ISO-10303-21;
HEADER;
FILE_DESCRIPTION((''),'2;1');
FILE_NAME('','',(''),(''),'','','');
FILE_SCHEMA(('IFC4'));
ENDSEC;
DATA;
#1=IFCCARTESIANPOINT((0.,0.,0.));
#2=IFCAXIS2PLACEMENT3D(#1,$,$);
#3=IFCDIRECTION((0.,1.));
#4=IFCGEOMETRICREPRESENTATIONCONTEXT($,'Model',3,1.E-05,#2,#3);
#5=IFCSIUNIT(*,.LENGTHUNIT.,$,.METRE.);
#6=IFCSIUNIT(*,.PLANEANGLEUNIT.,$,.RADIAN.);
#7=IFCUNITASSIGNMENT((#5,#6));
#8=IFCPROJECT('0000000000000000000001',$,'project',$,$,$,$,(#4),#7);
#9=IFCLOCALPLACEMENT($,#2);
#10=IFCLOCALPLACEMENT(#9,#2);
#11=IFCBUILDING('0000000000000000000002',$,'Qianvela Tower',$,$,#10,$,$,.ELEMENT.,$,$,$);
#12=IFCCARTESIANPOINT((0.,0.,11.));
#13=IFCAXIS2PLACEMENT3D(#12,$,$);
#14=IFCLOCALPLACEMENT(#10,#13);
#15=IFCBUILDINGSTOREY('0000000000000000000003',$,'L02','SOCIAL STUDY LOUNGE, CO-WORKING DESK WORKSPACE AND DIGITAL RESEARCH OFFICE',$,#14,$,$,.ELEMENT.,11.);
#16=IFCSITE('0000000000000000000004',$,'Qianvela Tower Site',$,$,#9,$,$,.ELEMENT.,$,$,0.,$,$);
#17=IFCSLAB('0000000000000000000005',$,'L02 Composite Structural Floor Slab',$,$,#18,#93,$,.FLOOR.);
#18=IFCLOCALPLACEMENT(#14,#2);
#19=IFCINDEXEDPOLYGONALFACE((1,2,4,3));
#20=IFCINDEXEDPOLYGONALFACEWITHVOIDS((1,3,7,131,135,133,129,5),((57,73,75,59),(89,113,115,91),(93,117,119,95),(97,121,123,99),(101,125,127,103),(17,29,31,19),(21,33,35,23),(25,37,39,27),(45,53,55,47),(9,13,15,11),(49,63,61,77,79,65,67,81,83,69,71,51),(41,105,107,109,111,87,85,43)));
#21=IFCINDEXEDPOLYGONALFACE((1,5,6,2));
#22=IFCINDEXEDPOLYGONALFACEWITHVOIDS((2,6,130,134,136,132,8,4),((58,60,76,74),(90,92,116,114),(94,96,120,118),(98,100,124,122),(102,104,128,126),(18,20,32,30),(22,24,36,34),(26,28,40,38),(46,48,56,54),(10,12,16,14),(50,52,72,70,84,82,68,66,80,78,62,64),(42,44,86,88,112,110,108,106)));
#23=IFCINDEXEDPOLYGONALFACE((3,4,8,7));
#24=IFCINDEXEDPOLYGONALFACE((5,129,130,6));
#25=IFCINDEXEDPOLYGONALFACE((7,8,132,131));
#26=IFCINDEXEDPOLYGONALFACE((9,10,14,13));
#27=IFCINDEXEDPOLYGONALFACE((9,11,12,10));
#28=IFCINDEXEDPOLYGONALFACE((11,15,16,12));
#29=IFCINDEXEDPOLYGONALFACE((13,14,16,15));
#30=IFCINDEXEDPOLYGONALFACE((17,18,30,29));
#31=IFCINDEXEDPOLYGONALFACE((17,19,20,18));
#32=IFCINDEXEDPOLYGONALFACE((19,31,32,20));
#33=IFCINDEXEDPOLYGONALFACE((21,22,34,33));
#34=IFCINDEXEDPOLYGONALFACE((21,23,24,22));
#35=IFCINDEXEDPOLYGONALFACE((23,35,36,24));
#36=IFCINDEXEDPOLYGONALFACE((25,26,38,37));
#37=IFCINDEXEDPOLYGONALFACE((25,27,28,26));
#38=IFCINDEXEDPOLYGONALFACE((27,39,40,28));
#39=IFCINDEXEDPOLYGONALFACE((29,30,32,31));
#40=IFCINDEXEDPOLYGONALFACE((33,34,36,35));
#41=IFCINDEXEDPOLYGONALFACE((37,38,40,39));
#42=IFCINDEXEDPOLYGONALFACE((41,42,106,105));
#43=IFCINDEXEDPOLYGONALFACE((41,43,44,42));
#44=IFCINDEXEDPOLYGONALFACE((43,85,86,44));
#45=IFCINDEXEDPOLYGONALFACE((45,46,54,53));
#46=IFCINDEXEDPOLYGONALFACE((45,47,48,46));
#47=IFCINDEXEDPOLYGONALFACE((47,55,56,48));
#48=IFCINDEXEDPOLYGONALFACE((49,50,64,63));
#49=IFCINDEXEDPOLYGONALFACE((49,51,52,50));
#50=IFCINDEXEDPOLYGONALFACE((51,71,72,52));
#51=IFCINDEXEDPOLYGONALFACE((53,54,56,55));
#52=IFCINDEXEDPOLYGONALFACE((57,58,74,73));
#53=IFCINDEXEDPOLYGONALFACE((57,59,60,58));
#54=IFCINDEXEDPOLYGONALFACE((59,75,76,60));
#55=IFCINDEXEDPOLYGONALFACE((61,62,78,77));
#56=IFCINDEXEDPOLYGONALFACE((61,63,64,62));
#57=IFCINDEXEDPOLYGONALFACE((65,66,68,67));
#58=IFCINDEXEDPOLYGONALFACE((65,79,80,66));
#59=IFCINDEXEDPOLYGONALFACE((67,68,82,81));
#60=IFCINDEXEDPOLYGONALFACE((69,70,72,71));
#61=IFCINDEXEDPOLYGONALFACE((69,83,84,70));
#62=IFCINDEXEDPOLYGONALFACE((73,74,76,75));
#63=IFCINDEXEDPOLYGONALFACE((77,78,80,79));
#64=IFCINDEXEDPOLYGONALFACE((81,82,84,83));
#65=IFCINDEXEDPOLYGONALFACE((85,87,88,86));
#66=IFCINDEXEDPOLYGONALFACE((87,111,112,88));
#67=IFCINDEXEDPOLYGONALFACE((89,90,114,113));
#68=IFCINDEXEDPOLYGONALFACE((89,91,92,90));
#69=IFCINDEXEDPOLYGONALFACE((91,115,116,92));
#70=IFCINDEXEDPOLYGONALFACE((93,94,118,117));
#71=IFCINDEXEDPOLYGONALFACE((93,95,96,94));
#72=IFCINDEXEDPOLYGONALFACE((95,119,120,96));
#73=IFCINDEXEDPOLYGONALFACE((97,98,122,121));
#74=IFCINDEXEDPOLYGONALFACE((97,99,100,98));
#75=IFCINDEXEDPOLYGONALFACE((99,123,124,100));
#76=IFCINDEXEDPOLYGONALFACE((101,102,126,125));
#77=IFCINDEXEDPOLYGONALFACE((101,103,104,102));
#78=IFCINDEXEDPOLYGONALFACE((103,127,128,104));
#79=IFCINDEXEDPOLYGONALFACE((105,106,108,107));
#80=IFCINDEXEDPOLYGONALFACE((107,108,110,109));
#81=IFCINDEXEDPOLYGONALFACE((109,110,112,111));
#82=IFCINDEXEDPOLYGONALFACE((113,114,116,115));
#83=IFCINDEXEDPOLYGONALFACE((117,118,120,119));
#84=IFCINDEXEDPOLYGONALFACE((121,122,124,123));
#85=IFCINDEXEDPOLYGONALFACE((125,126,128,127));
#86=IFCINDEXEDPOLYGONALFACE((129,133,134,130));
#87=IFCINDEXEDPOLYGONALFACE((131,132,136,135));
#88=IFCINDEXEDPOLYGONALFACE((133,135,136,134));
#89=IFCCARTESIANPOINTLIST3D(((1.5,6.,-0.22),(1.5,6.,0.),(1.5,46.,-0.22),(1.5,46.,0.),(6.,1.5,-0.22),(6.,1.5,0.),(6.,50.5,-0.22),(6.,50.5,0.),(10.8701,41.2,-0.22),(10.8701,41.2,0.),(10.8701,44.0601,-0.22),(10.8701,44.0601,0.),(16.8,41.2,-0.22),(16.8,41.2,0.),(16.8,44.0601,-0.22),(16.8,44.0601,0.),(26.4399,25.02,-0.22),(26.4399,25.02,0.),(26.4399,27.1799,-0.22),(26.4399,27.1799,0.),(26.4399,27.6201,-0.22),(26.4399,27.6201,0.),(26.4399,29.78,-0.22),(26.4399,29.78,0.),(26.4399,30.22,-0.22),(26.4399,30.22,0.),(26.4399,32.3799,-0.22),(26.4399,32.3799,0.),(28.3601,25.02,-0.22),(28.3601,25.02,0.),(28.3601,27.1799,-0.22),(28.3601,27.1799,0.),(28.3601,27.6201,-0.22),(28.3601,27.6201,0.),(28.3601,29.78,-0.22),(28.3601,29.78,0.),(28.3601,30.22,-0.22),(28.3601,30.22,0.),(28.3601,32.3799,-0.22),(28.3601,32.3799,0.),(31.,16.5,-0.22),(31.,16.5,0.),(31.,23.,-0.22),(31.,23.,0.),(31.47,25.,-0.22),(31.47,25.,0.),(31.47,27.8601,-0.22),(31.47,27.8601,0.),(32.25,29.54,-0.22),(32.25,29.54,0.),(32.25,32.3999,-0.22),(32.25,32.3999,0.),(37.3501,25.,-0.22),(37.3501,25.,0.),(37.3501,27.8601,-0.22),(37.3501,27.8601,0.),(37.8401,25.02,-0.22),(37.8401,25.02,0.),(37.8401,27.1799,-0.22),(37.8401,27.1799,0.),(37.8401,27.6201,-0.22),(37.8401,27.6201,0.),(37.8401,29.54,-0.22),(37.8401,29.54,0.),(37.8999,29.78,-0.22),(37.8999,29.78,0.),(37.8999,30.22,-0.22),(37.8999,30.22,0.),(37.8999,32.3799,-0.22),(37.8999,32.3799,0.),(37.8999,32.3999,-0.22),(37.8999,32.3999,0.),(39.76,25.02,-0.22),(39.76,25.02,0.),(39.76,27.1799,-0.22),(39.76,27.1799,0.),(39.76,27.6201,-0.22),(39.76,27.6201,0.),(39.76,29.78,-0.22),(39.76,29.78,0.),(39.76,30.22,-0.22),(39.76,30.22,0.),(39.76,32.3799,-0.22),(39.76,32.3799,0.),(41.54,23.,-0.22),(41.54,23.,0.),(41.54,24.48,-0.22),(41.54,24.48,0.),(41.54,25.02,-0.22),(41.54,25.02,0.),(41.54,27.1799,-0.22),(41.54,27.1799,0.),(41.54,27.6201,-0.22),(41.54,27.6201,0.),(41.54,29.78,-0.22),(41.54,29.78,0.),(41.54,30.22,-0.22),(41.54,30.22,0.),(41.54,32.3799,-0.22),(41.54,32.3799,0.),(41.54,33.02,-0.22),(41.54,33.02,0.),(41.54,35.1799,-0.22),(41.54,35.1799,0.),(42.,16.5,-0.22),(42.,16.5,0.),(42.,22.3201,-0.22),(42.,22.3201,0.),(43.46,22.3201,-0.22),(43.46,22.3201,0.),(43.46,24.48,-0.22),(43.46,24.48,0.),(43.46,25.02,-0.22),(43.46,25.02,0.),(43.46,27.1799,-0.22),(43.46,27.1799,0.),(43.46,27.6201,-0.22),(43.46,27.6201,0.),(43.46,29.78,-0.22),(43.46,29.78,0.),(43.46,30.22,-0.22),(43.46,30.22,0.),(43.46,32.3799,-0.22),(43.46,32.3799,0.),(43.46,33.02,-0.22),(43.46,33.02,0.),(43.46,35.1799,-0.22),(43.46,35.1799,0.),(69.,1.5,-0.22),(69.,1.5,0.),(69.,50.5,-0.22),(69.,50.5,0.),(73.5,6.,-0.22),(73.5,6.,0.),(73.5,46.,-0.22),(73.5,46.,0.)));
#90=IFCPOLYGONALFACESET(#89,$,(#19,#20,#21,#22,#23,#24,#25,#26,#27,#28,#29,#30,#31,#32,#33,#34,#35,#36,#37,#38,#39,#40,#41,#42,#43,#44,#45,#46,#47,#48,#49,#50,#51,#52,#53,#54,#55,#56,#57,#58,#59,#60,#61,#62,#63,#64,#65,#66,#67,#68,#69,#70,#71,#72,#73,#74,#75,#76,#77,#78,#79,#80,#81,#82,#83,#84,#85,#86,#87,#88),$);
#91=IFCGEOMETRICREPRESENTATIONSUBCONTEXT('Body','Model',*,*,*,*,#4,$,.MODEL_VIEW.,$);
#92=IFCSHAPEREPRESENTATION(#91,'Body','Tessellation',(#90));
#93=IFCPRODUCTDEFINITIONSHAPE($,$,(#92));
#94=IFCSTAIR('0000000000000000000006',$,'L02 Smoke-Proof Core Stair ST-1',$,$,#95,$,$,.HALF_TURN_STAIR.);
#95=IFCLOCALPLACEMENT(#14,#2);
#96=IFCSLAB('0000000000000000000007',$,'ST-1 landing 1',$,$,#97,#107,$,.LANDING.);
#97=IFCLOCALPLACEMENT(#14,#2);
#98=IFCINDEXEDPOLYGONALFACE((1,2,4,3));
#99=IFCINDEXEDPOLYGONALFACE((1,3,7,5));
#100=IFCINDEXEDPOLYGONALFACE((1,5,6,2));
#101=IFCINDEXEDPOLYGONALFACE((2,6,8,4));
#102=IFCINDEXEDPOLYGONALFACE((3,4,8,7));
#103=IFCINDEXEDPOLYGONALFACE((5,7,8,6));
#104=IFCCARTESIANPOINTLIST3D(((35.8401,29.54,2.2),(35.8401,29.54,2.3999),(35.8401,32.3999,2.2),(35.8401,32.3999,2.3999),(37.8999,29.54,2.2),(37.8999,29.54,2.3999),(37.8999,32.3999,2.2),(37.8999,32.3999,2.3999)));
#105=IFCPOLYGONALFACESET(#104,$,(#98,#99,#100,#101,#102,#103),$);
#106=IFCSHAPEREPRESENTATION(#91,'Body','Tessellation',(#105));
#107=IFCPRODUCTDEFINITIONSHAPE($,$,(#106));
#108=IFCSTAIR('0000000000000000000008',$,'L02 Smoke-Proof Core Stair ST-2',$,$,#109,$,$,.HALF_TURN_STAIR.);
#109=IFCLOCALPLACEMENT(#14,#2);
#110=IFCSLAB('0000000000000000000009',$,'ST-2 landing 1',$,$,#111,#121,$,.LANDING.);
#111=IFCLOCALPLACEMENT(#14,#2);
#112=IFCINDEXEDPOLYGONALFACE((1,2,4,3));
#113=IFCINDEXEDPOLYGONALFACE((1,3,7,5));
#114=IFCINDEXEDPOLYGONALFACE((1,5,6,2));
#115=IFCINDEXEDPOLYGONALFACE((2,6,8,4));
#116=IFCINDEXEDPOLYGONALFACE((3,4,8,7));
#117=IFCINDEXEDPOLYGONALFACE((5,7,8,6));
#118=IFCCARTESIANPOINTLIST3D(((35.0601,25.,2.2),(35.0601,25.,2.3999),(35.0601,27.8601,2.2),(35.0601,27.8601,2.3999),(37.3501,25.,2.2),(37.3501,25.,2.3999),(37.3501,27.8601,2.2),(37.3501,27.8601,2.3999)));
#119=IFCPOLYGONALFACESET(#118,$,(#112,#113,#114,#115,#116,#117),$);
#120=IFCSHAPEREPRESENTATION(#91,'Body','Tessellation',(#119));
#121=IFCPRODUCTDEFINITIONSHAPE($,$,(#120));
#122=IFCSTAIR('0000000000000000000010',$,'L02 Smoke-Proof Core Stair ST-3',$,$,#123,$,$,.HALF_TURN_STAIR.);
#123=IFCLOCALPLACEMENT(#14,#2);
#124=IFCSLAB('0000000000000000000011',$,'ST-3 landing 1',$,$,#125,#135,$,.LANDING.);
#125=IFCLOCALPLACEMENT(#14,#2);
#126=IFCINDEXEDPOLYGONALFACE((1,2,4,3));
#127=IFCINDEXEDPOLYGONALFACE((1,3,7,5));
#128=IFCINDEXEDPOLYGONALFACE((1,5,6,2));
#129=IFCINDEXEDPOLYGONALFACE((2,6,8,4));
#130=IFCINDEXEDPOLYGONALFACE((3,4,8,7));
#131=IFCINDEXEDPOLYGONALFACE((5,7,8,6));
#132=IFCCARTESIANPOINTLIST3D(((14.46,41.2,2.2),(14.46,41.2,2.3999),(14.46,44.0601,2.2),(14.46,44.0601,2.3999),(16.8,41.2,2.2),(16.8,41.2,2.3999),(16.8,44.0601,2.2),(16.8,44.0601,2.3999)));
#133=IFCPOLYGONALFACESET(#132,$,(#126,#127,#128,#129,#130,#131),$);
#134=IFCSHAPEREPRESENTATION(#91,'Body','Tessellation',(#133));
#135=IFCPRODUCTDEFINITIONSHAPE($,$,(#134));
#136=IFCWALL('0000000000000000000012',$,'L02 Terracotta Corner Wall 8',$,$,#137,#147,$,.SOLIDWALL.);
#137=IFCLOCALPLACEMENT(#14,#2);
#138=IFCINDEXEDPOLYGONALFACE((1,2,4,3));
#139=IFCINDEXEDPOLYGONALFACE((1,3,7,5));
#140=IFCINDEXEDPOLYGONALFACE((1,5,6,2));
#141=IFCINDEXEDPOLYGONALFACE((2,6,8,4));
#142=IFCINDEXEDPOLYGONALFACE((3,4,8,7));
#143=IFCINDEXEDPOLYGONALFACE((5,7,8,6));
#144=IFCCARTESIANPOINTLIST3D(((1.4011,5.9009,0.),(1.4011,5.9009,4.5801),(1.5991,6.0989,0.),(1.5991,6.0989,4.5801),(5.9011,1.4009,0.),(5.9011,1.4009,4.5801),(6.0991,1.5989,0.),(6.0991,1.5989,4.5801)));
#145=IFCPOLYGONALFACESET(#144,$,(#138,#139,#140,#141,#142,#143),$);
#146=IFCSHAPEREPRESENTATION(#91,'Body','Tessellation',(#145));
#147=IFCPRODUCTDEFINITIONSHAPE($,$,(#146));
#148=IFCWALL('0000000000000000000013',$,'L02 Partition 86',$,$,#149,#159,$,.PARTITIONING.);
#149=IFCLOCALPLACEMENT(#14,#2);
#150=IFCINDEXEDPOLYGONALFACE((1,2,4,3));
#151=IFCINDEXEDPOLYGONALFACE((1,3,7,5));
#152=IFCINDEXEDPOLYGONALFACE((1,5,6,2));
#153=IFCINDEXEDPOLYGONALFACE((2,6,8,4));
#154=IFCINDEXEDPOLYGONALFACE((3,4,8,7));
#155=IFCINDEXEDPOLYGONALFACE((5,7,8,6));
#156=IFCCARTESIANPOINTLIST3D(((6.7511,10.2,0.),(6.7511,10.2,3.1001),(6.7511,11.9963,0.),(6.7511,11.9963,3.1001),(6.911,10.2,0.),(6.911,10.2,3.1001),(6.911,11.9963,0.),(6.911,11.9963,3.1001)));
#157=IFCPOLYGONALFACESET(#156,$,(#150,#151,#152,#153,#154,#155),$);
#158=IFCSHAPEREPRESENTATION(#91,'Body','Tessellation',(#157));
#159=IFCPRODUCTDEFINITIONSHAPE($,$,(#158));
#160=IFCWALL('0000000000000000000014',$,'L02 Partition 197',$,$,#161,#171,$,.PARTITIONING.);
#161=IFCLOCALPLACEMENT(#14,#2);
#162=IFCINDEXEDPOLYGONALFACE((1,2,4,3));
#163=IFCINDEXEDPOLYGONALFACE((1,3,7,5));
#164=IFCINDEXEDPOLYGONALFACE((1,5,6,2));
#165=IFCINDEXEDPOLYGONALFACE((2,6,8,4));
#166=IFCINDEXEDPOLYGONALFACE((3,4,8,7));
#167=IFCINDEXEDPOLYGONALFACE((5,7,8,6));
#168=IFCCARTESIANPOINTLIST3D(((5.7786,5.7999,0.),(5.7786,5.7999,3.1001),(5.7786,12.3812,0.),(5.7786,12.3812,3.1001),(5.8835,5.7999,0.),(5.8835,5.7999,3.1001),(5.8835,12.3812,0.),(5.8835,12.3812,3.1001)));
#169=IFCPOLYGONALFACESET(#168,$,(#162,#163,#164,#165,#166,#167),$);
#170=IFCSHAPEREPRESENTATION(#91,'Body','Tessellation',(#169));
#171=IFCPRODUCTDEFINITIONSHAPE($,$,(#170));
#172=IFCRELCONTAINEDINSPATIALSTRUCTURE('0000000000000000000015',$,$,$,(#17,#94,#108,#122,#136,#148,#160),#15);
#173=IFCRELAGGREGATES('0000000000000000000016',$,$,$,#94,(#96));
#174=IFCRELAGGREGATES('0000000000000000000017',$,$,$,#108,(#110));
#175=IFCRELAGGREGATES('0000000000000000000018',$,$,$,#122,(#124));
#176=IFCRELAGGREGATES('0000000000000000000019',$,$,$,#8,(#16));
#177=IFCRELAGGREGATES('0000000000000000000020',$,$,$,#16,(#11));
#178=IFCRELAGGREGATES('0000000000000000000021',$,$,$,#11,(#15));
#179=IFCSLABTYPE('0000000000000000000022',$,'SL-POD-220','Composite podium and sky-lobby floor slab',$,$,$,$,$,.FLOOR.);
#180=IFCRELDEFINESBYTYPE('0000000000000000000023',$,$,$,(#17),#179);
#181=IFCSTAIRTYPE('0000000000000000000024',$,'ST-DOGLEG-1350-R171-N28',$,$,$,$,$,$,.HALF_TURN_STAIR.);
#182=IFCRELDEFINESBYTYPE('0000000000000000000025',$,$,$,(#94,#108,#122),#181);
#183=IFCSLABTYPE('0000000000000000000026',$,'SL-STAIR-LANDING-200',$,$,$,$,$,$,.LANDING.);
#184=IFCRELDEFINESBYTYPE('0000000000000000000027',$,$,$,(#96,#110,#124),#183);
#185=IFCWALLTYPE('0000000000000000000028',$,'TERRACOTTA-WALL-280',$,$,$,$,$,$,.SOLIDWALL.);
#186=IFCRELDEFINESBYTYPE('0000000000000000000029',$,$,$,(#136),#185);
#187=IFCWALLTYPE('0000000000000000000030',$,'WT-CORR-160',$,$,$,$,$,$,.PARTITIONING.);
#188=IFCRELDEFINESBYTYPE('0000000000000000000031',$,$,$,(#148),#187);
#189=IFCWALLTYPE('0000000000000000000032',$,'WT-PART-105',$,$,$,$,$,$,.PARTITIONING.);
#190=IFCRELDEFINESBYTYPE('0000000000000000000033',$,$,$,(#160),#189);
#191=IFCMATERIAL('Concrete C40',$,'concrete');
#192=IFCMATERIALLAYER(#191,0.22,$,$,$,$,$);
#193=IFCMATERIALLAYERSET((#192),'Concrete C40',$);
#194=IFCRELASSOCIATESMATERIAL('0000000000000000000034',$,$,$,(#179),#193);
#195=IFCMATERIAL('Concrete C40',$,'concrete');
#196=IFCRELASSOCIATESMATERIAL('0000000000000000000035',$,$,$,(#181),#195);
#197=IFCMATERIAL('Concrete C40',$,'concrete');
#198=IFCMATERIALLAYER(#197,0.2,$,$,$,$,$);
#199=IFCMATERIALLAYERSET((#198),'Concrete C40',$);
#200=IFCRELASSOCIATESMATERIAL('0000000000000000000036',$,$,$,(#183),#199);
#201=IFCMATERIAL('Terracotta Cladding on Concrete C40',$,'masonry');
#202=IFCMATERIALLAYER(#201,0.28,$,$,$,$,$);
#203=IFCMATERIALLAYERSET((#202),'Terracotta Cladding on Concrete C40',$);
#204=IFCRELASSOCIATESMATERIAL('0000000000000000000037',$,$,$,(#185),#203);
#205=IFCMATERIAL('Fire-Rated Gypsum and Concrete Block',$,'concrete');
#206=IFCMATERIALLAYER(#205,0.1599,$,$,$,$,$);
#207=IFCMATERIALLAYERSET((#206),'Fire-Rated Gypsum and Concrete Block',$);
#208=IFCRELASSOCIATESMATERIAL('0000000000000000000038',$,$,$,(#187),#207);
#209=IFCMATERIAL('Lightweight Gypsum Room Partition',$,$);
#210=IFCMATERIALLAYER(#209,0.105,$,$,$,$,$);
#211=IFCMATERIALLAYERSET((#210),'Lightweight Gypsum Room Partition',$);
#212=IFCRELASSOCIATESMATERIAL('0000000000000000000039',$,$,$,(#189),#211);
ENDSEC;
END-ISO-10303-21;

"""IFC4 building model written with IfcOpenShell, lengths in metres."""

from ifc_helpers import new_model, si_unit, direction, frame, frame_2d, origin, place, context, subcontext, project, spatial, polyline, rectangle, outline, extrude, material, layer, layer_set, type_object, element, aggregate, save


model = new_model("IFC4")

# Units and contexts
model_context = context("Model", 3, precision=1e-05, world=origin(), true_north=direction((0.0, 1.0)))
body_context = subcontext(model_context, "Body", "Model", "MODEL_VIEW")
ifc_project = project(units=[si_unit("LENGTHUNIT", "METRE"), si_unit("PLANEANGLEUNIT", "RADIAN")], contexts=[model_context])

# Site, building, storey
site_placement = place(None, origin())
site = spatial("IfcSite", under=ifc_project, at=site_placement, Name="Qianvela Tower Site", CompositionType="ELEMENT", RefElevation=0.0)
building_placement = place(site_placement, origin())
building = spatial("IfcBuilding", under=site, at=building_placement, Name="Qianvela Tower", CompositionType="ELEMENT")
storey_placement = place(building_placement, frame((0.0, 0.0, 11.0)))
storey = spatial("IfcBuildingStorey", under=building, at=storey_placement, Name="L02", Description="SOCIAL STUDY LOUNGE, CO-WORKING DESK WORKSPACE AND DIGITAL RESEARCH OFFICE", CompositionType="ELEMENT", Elevation=11.0)

# Slab
ifc_material_1 = material(Name="Concrete C40", Category="concrete")
ifc_layer_1 = layer(ifc_material_1, 0.22)
ifc_layer_set_1 = layer_set([ifc_layer_1], Name="Concrete C40")
slab_type_1 = type_object("IfcSlabType", Name="SL-POD-220", Description="Composite podium and sky-lobby floor slab", PredefinedType="FLOOR", material=ifc_layer_set_1)
slab_1_placement = place(storey_placement, frame((0.0, 0.0, -0.22)))
element("IfcSlab", 1, at=slab_1_placement, inside=storey, type_object=slab_type_1, Name="L02 Composite Structural Floor Slab", PredefinedType="FLOOR", context=body_context, shape_type="SweptSolid", body=[
    extrude(outline(polyline([(6.0, 1.5), (69.0, 1.5), (73.5, 6.0), (73.5, 46.0), (69.0, 50.5), (6.0, 50.5), (1.5, 46.0), (1.5, 6.0), (6.0, 1.5)]), holes=[polyline([(42.0, 22.3201), (43.46, 22.3201), (43.46, 24.48), (41.54, 24.48), (41.54, 23.0), (31.0, 23.0), (31.0, 16.5), (42.0, 16.5), (42.0, 22.3201)]), polyline([(28.3601, 25.02), (28.3601, 27.1799), (26.4399, 27.1799), (26.4399, 25.02), (28.3601, 25.02)]), polyline([(37.3501, 25.0), (37.3501, 27.8601), (31.47, 27.8601), (31.47, 25.0), (37.3501, 25.0)]), polyline([(28.3601, 27.6201), (28.3601, 29.78), (26.4399, 29.78), (26.4399, 27.6201), (28.3601, 27.6201)]), polyline([(37.8999, 32.3799), (37.8999, 32.3999), (32.25, 32.3999), (32.25, 29.54), (37.8401, 29.54), (37.8401, 27.6201), (39.76, 27.6201), (39.76, 29.78), (37.8999, 29.78), (37.8999, 30.22), (39.76, 30.22), (39.76, 32.3799), (37.8999, 32.3799)]), polyline([(28.3601, 30.22), (28.3601, 32.3799), (26.4399, 32.3799), (26.4399, 30.22), (28.3601, 30.22)]), polyline([(16.8, 41.2), (16.8, 44.0601), (10.8701, 44.0601), (10.8701, 41.2), (16.8, 41.2)]), polyline([(39.76, 25.02), (39.76, 27.1799), (37.8401, 27.1799), (37.8401, 25.02), (39.76, 25.02)]), polyline([(43.46, 25.02), (43.46, 27.1799), (41.54, 27.1799), (41.54, 25.02), (43.46, 25.02)]), polyline([(43.46, 27.6201), (43.46, 29.78), (41.54, 29.78), (41.54, 27.6201), (43.46, 27.6201)]), polyline([(43.46, 30.22), (43.46, 32.3799), (41.54, 32.3799), (41.54, 30.22), (43.46, 30.22)]), polyline([(43.46, 33.02), (43.46, 35.1799), (41.54, 35.1799), (41.54, 33.02), (43.46, 33.02)])]), origin(), (0.0, 0.0, 1.0), 0.22),
])

# Stairs, slabs
ifc_material_2 = material(Name="Concrete C40", Category="concrete")
stair_type = type_object("IfcStairType", Name="ST-DOGLEG-1350-R171-N28", PredefinedType="HALF_TURN_STAIR", material=ifc_material_2)
stair_1_placement = place(storey_placement, origin())
stair_1 = element("IfcStair", 2, at=stair_1_placement, inside=storey, type_object=stair_type, Name="L02 Smoke-Proof Core Stair ST-1", PredefinedType="HALF_TURN_STAIR")
ifc_material_3 = material(Name="Concrete C40", Category="concrete")
ifc_layer_2 = layer(ifc_material_3, 0.2)
ifc_layer_set_2 = layer_set([ifc_layer_2], Name="Concrete C40")
slab_type_2 = type_object("IfcSlabType", Name="SL-STAIR-LANDING-200", PredefinedType="LANDING", material=ifc_layer_set_2)
slab_2_placement = place(storey_placement, frame((0.0, 0.0, 2.2)))
slab_2 = element("IfcSlab", 3, at=slab_2_placement, type_object=slab_type_2, Name="ST-1 landing 1", PredefinedType="LANDING", context=body_context, shape_type="SweptSolid", body=[
    extrude(outline(polyline([(35.8401, 29.54), (37.8999, 29.54), (37.8999, 32.3999), (35.8401, 32.3999), (35.8401, 29.54)])), origin(), (0.0, 0.0, 1.0), 0.2),
])
aggregate(stair_1, [slab_2])
stair_2_placement = place(storey_placement, origin())
stair_2 = element("IfcStair", 4, at=stair_2_placement, inside=storey, type_object=stair_type, Name="L02 Smoke-Proof Core Stair ST-2", PredefinedType="HALF_TURN_STAIR")
slab_3_placement = place(storey_placement, frame((0.0, 0.0, 2.2)))
slab_3 = element("IfcSlab", 5, at=slab_3_placement, type_object=slab_type_2, Name="ST-2 landing 1", PredefinedType="LANDING", context=body_context, shape_type="SweptSolid", body=[
    extrude(outline(polyline([(35.0601, 25.0), (37.3501, 25.0), (37.3501, 27.8601), (35.0601, 27.8601), (35.0601, 25.0)])), origin(), (0.0, 0.0, 1.0), 0.2),
])
aggregate(stair_2, [slab_3])
stair_3_placement = place(storey_placement, origin())
stair_3 = element("IfcStair", 6, at=stair_3_placement, inside=storey, type_object=stair_type, Name="L02 Smoke-Proof Core Stair ST-3", PredefinedType="HALF_TURN_STAIR")
slab_4_placement = place(storey_placement, frame((0.0, 0.0, 2.2)))
slab_4 = element("IfcSlab", 7, at=slab_4_placement, type_object=slab_type_2, Name="ST-3 landing 1", PredefinedType="LANDING", context=body_context, shape_type="SweptSolid", body=[
    extrude(outline(polyline([(14.46, 41.2), (16.8, 41.2), (16.8, 44.0601), (14.46, 44.0601), (14.46, 41.2)])), origin(), (0.0, 0.0, 1.0), 0.2),
])
aggregate(stair_3, [slab_4])

# Walls
ifc_material_4 = material(Name="Terracotta Cladding on Concrete C40", Category="masonry")
ifc_layer_3 = layer(ifc_material_4, 0.28)
ifc_layer_set_3 = layer_set([ifc_layer_3], Name="Terracotta Cladding on Concrete C40")
wall_type_1 = type_object("IfcWallType", Name="TERRACOTTA-WALL-280", PredefinedType="SOLIDWALL", material=ifc_layer_set_3)
wall_1_placement = place(storey_placement, frame((1.5, 6.0, 0.0), z_axis=(0.0, 0.0, 1.0), x_axis=(0.707107, -0.707107, 0.0)))
element("IfcWall", 8, at=wall_1_placement, inside=storey, type_object=wall_type_1, Name="L02 Terracotta Corner Wall 8", PredefinedType="SOLIDWALL", context=body_context, shape_type="SweptSolid", body=[
    extrude(rectangle(XDim=6.364, YDim=0.28, at=frame_2d((3.1821, 0.0))), origin(), (0.0, 0.0, 1.0), 4.5801),
])
ifc_material_5 = material(Name="Fire-Rated Gypsum and Concrete Block", Category="concrete")
ifc_layer_4 = layer(ifc_material_5, 0.1599)
ifc_layer_set_4 = layer_set([ifc_layer_4], Name="Fire-Rated Gypsum and Concrete Block")
wall_type_2 = type_object("IfcWallType", Name="WT-CORR-160", PredefinedType="PARTITIONING", material=ifc_layer_set_4)
wall_2_placement = place(storey_placement, frame((6.8311, 10.2, 0.0), z_axis=(0.0, 0.0, 1.0), x_axis=(0.0, 1.0, 0.0)))
element("IfcWall", 9, at=wall_2_placement, inside=storey, type_object=wall_type_2, Name="L02 Partition 86", PredefinedType="PARTITIONING", context=body_context, shape_type="SweptSolid", body=[
    extrude(rectangle(XDim=1.7964, YDim=0.1599, at=frame_2d((0.8982, 0.0))), origin(), (0.0, 0.0, 1.0), 3.1001),
])
ifc_material_6 = material(Name="Lightweight Gypsum Room Partition")
ifc_layer_5 = layer(ifc_material_6, 0.105)
ifc_layer_set_5 = layer_set([ifc_layer_5], Name="Lightweight Gypsum Room Partition")
wall_type_3 = type_object("IfcWallType", Name="WT-PART-105", PredefinedType="PARTITIONING", material=ifc_layer_set_5)
wall_3_placement = place(storey_placement, frame((5.8311, 5.8, 0.0), z_axis=(0.0, 0.0, 1.0), x_axis=(0.0, 1.0, 0.0)))
element("IfcWall", 10, at=wall_3_placement, inside=storey, type_object=wall_type_3, Name="L02 Partition 197", PredefinedType="PARTITIONING", context=body_context, shape_type="SweptSolid", body=[
    extrude(rectangle(XDim=6.5813, YDim=0.105, at=frame_2d((3.2905, 0.0))), origin(), (0.0, 0.0, 1.0), 3.1001),
])

save(model, "model.ifc")
